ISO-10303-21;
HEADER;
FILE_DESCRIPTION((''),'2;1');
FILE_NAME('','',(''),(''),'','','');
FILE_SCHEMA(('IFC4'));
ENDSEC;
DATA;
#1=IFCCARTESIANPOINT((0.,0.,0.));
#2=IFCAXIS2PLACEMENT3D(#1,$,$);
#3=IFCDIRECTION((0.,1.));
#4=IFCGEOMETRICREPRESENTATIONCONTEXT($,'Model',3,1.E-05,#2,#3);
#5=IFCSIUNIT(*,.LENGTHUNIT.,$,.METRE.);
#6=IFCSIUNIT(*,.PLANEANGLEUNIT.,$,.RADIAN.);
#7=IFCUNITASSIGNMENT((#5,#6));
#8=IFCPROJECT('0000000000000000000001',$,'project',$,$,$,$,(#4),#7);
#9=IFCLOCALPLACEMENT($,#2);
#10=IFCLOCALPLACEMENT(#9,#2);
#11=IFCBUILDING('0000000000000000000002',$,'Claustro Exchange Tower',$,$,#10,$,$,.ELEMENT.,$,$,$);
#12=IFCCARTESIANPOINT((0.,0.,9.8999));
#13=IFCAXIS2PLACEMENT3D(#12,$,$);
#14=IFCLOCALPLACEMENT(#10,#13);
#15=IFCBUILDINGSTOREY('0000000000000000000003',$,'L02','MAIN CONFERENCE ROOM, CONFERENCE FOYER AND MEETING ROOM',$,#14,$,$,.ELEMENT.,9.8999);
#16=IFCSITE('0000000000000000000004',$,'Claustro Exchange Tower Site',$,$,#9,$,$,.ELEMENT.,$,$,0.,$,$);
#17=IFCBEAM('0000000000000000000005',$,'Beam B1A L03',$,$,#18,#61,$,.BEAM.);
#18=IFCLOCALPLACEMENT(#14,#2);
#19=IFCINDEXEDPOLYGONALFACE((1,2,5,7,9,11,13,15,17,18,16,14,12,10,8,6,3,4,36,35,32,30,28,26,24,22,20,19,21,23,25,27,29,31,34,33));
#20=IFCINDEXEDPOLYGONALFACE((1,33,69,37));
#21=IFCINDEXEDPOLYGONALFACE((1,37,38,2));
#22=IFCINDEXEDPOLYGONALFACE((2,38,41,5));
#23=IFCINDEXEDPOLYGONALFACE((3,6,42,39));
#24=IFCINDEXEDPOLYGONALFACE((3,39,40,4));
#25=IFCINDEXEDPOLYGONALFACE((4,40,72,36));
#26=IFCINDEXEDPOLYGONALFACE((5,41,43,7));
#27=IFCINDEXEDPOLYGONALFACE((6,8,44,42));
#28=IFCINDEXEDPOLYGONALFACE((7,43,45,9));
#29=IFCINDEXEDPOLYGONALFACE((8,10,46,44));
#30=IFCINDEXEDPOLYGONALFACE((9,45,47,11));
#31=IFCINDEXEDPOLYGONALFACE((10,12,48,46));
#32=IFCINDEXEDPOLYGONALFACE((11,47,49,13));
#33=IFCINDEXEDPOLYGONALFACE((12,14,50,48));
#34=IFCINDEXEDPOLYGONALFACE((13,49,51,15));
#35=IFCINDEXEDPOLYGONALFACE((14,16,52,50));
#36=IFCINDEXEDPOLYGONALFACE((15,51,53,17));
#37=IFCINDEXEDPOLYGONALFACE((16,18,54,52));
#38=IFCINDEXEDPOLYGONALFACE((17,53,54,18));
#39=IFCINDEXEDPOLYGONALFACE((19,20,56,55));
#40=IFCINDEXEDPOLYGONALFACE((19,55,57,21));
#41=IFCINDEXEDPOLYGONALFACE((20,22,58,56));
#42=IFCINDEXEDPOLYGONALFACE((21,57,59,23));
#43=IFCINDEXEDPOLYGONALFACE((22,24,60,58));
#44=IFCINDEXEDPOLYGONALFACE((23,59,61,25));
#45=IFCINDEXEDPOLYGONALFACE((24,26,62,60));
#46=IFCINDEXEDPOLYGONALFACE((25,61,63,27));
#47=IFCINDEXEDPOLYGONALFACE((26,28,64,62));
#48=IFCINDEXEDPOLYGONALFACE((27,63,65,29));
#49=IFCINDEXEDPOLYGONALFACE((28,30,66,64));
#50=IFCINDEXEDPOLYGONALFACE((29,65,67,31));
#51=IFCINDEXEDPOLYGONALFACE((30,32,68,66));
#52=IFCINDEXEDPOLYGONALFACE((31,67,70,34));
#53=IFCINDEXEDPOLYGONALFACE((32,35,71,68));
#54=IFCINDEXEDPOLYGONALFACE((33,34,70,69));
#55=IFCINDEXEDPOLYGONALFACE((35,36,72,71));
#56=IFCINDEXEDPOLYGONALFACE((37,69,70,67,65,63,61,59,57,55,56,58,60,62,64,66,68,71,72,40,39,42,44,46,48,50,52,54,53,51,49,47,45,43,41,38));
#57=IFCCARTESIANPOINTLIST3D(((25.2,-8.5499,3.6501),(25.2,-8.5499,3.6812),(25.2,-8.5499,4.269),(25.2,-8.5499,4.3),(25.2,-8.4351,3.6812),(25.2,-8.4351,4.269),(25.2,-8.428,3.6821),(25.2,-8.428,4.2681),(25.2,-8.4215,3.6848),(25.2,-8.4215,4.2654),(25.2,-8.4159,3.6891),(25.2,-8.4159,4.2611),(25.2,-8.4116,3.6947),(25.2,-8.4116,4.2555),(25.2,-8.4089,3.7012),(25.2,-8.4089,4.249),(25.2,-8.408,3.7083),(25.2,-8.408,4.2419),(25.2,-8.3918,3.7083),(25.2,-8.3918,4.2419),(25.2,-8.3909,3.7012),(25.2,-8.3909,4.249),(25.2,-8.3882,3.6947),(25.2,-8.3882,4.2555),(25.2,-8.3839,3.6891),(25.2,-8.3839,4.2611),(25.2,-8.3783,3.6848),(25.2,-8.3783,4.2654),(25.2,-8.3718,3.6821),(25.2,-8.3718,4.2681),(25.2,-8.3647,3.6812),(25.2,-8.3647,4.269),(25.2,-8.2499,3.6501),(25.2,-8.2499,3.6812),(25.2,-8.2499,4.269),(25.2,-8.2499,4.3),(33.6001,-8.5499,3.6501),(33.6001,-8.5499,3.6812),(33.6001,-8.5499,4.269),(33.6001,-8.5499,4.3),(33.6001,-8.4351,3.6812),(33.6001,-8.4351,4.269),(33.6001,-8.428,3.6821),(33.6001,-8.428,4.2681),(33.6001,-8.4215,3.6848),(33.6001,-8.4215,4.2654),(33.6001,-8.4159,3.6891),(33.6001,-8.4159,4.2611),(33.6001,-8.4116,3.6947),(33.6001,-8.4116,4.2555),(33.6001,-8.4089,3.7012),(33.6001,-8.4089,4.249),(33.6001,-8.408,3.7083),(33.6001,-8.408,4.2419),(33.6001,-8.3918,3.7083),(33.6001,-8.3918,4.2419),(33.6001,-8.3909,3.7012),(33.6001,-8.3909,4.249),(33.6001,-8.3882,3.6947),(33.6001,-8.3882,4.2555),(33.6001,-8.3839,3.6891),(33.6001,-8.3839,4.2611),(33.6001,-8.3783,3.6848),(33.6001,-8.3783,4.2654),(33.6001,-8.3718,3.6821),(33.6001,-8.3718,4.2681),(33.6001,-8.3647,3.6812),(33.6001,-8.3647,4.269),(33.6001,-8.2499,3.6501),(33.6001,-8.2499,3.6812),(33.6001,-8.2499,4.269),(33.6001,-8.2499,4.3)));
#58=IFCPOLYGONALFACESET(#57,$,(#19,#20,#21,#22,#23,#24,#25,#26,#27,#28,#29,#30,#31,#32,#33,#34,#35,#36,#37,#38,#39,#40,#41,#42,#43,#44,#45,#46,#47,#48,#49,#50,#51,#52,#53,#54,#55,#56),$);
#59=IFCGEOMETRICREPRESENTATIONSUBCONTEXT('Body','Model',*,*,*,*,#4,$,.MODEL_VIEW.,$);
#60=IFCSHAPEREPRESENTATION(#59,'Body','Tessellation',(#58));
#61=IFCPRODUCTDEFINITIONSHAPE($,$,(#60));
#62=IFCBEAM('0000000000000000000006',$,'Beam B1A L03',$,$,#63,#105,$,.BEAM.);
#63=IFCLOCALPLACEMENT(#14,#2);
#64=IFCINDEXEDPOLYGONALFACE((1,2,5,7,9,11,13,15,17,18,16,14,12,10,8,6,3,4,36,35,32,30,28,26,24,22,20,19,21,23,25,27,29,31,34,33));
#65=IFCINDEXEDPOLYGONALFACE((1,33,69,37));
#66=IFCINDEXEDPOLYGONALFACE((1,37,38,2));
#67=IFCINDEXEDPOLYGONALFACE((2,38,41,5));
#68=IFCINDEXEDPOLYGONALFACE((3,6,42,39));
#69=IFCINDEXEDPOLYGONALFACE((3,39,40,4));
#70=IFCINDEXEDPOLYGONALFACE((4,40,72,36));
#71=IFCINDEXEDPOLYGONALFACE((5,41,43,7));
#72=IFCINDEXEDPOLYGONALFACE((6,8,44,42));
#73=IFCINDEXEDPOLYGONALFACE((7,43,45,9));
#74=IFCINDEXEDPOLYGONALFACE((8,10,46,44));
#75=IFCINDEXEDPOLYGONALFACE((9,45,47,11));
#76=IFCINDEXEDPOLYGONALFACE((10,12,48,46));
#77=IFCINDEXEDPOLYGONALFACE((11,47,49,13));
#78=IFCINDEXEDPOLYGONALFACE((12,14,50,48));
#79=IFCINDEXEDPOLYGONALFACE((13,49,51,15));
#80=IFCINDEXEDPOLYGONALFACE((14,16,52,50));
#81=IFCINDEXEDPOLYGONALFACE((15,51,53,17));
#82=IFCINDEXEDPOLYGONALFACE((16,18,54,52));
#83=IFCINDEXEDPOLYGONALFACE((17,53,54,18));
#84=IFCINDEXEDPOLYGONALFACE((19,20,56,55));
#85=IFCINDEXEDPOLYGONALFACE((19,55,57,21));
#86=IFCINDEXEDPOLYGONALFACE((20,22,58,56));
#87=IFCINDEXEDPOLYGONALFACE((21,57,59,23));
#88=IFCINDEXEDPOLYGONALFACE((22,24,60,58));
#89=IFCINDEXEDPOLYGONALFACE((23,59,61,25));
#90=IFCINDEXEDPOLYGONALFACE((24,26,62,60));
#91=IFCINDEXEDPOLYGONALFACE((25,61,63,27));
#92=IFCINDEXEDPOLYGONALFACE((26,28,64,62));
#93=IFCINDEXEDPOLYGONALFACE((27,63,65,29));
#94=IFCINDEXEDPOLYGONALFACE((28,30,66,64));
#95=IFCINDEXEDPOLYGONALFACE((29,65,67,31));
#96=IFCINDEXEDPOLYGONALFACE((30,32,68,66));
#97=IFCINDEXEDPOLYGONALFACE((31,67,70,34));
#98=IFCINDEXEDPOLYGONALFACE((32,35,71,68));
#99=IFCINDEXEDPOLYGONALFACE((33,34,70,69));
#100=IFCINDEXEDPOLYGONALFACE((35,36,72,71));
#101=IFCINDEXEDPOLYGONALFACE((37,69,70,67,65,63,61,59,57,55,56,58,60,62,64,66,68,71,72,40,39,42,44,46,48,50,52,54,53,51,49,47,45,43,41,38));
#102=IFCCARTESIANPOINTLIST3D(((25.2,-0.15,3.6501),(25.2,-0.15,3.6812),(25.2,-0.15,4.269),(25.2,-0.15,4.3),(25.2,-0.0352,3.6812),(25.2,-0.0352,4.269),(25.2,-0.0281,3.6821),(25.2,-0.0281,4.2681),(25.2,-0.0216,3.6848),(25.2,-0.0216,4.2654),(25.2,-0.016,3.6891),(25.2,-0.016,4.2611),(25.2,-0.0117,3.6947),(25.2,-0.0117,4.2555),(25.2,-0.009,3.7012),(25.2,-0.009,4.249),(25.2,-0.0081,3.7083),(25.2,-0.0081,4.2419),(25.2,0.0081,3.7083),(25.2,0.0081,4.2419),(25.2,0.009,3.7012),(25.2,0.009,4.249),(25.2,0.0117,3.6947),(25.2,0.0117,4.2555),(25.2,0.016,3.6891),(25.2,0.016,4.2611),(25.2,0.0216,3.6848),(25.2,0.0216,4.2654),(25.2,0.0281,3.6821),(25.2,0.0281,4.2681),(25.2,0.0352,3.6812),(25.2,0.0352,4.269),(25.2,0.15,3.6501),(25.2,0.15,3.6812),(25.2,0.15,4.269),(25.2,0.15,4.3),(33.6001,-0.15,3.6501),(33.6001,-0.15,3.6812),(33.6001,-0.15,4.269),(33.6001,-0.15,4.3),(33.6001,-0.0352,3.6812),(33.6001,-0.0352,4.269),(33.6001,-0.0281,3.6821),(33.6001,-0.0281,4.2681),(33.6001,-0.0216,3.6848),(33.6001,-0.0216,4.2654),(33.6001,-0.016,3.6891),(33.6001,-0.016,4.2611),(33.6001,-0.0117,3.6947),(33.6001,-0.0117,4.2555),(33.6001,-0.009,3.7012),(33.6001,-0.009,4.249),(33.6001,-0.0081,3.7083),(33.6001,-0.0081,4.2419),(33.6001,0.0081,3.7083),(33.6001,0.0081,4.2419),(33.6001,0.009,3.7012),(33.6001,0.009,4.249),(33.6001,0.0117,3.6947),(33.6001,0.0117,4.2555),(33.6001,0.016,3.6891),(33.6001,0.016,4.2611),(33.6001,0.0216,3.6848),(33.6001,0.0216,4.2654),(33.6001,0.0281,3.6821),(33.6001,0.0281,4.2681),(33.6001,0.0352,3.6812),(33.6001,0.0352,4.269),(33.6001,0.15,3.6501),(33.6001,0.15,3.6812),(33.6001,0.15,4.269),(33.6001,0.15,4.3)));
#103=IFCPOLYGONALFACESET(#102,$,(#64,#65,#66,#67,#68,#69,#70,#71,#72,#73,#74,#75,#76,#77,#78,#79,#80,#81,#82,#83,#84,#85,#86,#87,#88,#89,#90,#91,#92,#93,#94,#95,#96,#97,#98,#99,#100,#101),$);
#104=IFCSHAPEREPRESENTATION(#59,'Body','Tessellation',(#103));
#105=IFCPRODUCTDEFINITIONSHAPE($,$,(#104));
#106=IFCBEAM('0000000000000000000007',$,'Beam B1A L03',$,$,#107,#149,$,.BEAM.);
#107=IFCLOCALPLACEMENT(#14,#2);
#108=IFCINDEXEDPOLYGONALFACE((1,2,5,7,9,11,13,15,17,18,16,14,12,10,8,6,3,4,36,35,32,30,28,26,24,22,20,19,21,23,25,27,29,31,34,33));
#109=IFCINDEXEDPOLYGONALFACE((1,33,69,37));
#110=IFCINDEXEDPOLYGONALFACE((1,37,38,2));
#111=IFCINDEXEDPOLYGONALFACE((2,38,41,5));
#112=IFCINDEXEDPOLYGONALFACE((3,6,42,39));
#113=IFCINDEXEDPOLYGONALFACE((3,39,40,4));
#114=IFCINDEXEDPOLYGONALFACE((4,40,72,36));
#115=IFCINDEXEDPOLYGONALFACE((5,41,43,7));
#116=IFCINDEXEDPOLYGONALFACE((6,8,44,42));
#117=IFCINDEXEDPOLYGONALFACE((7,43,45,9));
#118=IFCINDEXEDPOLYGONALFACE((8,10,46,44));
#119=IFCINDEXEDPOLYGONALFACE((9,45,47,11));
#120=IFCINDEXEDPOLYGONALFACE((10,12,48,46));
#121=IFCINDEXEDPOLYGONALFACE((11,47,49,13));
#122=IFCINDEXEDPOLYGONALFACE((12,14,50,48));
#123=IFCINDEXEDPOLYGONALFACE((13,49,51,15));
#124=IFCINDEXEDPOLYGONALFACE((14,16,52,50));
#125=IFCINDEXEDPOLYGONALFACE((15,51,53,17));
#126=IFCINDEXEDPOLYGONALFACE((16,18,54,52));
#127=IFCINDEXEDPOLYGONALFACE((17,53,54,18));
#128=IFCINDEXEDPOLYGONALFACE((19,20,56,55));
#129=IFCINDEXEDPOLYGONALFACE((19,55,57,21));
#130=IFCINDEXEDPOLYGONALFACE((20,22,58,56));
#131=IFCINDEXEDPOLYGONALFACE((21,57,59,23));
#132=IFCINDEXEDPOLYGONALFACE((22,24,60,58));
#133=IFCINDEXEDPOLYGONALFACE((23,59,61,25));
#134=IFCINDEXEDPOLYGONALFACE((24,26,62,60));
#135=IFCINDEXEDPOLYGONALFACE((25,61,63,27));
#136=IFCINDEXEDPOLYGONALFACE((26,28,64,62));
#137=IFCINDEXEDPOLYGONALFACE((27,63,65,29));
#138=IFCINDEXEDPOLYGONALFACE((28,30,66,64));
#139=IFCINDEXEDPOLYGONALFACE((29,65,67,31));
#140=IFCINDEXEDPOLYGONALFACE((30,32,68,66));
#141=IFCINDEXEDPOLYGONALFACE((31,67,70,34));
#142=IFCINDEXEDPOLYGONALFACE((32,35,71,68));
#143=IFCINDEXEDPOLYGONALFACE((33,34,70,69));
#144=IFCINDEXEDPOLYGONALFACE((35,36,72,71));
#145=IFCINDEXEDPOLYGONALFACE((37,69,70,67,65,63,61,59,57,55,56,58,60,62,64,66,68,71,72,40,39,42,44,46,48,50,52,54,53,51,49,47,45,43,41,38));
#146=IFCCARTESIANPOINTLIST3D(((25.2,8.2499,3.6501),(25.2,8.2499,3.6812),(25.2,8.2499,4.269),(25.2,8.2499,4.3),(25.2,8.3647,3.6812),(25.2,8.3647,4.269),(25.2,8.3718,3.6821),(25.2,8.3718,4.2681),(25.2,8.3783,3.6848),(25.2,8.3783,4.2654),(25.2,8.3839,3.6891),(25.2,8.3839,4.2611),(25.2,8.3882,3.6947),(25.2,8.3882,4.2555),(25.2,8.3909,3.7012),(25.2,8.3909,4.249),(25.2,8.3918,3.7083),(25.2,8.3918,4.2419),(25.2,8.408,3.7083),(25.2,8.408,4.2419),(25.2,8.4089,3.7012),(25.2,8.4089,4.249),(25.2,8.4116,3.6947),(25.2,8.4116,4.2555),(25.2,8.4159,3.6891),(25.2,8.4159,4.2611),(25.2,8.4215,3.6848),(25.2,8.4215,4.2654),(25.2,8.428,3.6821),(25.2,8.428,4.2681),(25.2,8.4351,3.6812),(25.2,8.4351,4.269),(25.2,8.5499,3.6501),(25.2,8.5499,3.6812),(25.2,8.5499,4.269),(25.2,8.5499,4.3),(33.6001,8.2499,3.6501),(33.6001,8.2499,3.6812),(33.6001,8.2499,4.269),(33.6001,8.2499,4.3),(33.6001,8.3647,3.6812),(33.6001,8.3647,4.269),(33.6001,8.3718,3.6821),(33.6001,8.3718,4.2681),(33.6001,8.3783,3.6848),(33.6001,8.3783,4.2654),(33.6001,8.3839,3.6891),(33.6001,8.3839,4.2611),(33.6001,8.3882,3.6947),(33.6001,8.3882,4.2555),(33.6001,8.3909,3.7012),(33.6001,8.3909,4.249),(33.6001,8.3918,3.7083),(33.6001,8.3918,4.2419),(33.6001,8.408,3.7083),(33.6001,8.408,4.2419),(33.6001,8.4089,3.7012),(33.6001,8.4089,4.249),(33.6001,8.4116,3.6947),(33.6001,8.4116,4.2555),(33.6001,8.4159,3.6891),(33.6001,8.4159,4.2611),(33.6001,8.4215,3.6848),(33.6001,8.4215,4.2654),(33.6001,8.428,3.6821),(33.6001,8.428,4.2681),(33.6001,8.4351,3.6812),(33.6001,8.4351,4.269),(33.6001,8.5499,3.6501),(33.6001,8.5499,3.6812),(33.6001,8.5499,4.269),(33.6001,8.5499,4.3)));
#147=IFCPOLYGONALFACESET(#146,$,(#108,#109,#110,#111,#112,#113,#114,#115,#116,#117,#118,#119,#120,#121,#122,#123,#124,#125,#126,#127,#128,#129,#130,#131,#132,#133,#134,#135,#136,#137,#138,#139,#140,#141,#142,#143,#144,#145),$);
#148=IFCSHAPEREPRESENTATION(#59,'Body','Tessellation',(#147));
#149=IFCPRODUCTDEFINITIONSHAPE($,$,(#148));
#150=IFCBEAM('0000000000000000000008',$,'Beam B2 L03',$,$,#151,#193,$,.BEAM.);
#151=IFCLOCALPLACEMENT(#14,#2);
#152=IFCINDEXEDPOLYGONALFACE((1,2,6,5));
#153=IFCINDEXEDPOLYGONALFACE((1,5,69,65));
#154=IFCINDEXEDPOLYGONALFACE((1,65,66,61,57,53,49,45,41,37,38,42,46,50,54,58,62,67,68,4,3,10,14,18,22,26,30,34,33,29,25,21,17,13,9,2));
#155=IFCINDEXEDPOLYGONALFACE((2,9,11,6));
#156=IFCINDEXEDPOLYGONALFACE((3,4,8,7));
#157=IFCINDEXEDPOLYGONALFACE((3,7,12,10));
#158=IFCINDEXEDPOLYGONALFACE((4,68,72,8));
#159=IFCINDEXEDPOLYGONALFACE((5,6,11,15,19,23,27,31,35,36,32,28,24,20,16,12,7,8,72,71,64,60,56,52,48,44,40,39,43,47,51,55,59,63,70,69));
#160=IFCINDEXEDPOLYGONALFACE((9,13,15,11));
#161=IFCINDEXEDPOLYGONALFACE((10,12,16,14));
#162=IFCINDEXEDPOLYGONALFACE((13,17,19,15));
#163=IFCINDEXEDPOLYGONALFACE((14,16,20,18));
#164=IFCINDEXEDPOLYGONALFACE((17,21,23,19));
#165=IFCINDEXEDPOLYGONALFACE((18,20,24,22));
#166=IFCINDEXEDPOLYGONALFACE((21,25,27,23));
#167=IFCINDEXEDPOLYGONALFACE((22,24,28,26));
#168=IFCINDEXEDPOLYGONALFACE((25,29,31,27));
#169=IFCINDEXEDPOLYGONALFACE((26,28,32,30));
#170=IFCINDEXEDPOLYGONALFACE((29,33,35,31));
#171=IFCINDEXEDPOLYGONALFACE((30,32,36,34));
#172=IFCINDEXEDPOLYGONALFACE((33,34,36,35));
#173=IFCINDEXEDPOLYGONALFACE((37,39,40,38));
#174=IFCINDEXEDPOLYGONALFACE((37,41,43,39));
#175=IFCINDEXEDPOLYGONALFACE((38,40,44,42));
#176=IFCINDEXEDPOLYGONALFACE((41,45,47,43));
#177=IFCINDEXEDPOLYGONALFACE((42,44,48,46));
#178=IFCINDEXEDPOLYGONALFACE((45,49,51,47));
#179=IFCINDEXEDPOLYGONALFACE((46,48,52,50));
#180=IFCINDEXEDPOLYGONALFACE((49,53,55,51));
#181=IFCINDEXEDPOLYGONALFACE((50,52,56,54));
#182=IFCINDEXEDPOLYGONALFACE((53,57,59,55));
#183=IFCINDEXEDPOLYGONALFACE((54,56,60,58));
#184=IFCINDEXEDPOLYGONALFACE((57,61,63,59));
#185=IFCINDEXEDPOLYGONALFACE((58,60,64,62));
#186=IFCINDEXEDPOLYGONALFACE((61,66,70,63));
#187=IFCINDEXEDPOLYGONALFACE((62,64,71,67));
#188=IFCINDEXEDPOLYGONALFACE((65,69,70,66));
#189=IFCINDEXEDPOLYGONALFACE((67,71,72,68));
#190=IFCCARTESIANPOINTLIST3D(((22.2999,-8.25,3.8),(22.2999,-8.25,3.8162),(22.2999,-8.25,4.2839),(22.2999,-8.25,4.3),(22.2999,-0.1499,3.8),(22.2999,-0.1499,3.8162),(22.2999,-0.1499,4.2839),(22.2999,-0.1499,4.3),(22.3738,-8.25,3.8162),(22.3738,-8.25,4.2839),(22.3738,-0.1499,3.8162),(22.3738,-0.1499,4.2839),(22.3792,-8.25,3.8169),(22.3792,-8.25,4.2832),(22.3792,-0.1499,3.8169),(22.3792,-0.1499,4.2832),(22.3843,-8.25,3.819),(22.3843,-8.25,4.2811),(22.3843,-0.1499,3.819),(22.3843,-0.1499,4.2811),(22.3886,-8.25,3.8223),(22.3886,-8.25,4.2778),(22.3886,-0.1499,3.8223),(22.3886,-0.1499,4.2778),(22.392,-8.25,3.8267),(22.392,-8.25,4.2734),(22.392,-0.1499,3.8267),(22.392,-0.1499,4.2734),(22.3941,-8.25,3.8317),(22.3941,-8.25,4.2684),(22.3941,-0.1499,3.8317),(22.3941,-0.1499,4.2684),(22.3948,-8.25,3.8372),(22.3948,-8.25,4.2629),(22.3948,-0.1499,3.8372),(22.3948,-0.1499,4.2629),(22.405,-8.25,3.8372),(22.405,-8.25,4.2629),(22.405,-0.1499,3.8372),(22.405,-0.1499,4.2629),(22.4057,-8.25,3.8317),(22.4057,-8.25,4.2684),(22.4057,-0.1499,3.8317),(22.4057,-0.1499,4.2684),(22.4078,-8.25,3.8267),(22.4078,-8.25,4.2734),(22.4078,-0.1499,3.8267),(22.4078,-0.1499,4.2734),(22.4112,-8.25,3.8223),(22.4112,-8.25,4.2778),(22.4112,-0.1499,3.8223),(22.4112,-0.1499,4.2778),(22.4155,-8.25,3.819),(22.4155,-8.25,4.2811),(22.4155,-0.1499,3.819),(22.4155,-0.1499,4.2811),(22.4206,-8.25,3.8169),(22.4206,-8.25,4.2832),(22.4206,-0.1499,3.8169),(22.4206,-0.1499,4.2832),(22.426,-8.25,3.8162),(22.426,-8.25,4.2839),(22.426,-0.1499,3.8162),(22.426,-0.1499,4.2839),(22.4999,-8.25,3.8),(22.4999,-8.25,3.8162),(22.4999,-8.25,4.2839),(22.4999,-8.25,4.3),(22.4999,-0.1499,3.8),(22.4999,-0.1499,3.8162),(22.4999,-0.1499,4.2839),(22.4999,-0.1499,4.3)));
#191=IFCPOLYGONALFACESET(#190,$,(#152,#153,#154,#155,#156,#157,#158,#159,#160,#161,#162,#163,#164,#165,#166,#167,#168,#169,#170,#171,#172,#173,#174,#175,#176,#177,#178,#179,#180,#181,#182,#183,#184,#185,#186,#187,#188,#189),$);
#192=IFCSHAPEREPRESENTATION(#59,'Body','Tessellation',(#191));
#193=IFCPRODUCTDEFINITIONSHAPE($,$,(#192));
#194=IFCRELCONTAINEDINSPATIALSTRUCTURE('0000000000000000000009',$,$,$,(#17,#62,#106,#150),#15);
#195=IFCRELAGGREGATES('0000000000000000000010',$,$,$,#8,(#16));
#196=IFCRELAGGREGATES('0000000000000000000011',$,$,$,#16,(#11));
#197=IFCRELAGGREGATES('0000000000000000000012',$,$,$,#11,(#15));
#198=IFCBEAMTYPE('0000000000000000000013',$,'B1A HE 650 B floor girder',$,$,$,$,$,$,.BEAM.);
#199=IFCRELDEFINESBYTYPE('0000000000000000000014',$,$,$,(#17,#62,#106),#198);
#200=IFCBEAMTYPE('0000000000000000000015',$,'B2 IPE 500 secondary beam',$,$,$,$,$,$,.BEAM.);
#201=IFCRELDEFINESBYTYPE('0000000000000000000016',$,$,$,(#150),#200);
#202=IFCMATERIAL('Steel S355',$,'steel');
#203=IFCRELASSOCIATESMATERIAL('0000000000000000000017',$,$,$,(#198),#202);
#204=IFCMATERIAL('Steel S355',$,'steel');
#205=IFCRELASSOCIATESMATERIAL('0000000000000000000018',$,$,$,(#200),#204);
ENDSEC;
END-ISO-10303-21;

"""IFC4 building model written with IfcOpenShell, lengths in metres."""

from ifc_helpers import new_model, si_unit, direction, frame, origin, origin_2d, place, context, subcontext, project, spatial, i_section, extrude, material, material_profile, profile_set, type_object, element, save


model = new_model("IFC4")

# Units and contexts
model_context = context("Model", 3, precision=1e-05, world=origin(), true_north=direction((0.0, 1.0)))
body_context = subcontext(model_context, "Body", "Model", "MODEL_VIEW")
ifc_project = project(units=[si_unit("LENGTHUNIT", "METRE"), si_unit("PLANEANGLEUNIT", "RADIAN")], contexts=[model_context])

# Site, building, storey
site_placement = place(None, origin())
site = spatial("IfcSite", under=ifc_project, at=site_placement, Name="Claustro Exchange Tower Site", CompositionType="ELEMENT", RefElevation=0.0)
building_placement = place(site_placement, origin())
building = spatial("IfcBuilding", under=site, at=building_placement, Name="Claustro Exchange Tower", CompositionType="ELEMENT")
storey_placement = place(building_placement, frame((0.0, 0.0, 9.8999)))
storey = spatial("IfcBuildingStorey", under=building, at=storey_placement, Name="L02", Description="MAIN CONFERENCE ROOM, CONFERENCE FOYER AND MEETING ROOM", CompositionType="ELEMENT", Elevation=9.8999)

# Beams
ifc_material_1 = material(Name="Steel S355", Category="steel")
ifc_material_profile_1 = material_profile(ifc_material_1, i_section(OverallWidth=0.3, OverallDepth=0.6499, WebThickness=0.0161, FlangeThickness=0.031, FilletRadius=0.0271, at=origin_2d()), Name="HE 650 B")
ifc_profile_set_1 = profile_set([ifc_material_profile_1], Name="Steel S355")
beam_type_1 = type_object("IfcBeamType", Name="B1A HE 650 B floor girder", PredefinedType="BEAM", material=ifc_profile_set_1)
for number, where, z_axis, x_axis, name in (
    (1, (25.2, -8.3999, 3.9751), (1.0, 0.0, 0.0), (0.0, 1.0, 0.0), "Beam B1A L03"),
    (2, (25.2, 0.0, 3.9751), (1.0, 0.0, 0.0), (0.0, 1.0, 0.0), "Beam B1A L03"),
    (3, (25.2, 8.3999, 3.9751), (1.0, 0.0, 0.0), (0.0, 1.0, 0.0), "Beam B1A L03"),
):
    element("IfcBeam", number, at=place(storey_placement, frame(where, z_axis=z_axis, x_axis=x_axis)), inside=storey, type_object=beam_type_1, Name=name, PredefinedType="BEAM", context=body_context, shape_type="SweptSolid", body=[
        extrude(i_section(OverallWidth=0.3, OverallDepth=0.6499, WebThickness=0.0161, FlangeThickness=0.031, FilletRadius=0.0271, at=origin_2d()), origin(), (0.0, 0.0, 1.0), 8.4001),
    ])
ifc_material_2 = material(Name="Steel S355", Category="steel")
ifc_material_profile_2 = material_profile(ifc_material_2, i_section(OverallWidth=0.2, OverallDepth=0.5, WebThickness=0.0103, FlangeThickness=0.0161, FilletRadius=0.021, at=origin_2d()), Name="IPE 500")
ifc_profile_set_2 = profile_set([ifc_material_profile_2], Name="Steel S355")
beam_type_2 = type_object("IfcBeamType", Name="B2 IPE 500 secondary beam", PredefinedType="BEAM", material=ifc_profile_set_2)
for number, where, z_axis, x_axis, name in (
    (4, (22.3999, -8.25, 4.05), (0.0, 1.0, 0.0), (-1.0, 0.0, 0.0), "Beam B2 L03"),
):
    element("IfcBeam", number, at=place(storey_placement, frame(where, z_axis=z_axis, x_axis=x_axis)), inside=storey, type_object=beam_type_2, Name=name, PredefinedType="BEAM", context=body_context, shape_type="SweptSolid", body=[
        extrude(i_section(OverallWidth=0.2, OverallDepth=0.5, WebThickness=0.0103, FlangeThickness=0.0161, FilletRadius=0.021, at=origin_2d()), origin(), (0.0, 0.0, 1.0), 8.1001),
    ])

save(model, "model.ifc")
